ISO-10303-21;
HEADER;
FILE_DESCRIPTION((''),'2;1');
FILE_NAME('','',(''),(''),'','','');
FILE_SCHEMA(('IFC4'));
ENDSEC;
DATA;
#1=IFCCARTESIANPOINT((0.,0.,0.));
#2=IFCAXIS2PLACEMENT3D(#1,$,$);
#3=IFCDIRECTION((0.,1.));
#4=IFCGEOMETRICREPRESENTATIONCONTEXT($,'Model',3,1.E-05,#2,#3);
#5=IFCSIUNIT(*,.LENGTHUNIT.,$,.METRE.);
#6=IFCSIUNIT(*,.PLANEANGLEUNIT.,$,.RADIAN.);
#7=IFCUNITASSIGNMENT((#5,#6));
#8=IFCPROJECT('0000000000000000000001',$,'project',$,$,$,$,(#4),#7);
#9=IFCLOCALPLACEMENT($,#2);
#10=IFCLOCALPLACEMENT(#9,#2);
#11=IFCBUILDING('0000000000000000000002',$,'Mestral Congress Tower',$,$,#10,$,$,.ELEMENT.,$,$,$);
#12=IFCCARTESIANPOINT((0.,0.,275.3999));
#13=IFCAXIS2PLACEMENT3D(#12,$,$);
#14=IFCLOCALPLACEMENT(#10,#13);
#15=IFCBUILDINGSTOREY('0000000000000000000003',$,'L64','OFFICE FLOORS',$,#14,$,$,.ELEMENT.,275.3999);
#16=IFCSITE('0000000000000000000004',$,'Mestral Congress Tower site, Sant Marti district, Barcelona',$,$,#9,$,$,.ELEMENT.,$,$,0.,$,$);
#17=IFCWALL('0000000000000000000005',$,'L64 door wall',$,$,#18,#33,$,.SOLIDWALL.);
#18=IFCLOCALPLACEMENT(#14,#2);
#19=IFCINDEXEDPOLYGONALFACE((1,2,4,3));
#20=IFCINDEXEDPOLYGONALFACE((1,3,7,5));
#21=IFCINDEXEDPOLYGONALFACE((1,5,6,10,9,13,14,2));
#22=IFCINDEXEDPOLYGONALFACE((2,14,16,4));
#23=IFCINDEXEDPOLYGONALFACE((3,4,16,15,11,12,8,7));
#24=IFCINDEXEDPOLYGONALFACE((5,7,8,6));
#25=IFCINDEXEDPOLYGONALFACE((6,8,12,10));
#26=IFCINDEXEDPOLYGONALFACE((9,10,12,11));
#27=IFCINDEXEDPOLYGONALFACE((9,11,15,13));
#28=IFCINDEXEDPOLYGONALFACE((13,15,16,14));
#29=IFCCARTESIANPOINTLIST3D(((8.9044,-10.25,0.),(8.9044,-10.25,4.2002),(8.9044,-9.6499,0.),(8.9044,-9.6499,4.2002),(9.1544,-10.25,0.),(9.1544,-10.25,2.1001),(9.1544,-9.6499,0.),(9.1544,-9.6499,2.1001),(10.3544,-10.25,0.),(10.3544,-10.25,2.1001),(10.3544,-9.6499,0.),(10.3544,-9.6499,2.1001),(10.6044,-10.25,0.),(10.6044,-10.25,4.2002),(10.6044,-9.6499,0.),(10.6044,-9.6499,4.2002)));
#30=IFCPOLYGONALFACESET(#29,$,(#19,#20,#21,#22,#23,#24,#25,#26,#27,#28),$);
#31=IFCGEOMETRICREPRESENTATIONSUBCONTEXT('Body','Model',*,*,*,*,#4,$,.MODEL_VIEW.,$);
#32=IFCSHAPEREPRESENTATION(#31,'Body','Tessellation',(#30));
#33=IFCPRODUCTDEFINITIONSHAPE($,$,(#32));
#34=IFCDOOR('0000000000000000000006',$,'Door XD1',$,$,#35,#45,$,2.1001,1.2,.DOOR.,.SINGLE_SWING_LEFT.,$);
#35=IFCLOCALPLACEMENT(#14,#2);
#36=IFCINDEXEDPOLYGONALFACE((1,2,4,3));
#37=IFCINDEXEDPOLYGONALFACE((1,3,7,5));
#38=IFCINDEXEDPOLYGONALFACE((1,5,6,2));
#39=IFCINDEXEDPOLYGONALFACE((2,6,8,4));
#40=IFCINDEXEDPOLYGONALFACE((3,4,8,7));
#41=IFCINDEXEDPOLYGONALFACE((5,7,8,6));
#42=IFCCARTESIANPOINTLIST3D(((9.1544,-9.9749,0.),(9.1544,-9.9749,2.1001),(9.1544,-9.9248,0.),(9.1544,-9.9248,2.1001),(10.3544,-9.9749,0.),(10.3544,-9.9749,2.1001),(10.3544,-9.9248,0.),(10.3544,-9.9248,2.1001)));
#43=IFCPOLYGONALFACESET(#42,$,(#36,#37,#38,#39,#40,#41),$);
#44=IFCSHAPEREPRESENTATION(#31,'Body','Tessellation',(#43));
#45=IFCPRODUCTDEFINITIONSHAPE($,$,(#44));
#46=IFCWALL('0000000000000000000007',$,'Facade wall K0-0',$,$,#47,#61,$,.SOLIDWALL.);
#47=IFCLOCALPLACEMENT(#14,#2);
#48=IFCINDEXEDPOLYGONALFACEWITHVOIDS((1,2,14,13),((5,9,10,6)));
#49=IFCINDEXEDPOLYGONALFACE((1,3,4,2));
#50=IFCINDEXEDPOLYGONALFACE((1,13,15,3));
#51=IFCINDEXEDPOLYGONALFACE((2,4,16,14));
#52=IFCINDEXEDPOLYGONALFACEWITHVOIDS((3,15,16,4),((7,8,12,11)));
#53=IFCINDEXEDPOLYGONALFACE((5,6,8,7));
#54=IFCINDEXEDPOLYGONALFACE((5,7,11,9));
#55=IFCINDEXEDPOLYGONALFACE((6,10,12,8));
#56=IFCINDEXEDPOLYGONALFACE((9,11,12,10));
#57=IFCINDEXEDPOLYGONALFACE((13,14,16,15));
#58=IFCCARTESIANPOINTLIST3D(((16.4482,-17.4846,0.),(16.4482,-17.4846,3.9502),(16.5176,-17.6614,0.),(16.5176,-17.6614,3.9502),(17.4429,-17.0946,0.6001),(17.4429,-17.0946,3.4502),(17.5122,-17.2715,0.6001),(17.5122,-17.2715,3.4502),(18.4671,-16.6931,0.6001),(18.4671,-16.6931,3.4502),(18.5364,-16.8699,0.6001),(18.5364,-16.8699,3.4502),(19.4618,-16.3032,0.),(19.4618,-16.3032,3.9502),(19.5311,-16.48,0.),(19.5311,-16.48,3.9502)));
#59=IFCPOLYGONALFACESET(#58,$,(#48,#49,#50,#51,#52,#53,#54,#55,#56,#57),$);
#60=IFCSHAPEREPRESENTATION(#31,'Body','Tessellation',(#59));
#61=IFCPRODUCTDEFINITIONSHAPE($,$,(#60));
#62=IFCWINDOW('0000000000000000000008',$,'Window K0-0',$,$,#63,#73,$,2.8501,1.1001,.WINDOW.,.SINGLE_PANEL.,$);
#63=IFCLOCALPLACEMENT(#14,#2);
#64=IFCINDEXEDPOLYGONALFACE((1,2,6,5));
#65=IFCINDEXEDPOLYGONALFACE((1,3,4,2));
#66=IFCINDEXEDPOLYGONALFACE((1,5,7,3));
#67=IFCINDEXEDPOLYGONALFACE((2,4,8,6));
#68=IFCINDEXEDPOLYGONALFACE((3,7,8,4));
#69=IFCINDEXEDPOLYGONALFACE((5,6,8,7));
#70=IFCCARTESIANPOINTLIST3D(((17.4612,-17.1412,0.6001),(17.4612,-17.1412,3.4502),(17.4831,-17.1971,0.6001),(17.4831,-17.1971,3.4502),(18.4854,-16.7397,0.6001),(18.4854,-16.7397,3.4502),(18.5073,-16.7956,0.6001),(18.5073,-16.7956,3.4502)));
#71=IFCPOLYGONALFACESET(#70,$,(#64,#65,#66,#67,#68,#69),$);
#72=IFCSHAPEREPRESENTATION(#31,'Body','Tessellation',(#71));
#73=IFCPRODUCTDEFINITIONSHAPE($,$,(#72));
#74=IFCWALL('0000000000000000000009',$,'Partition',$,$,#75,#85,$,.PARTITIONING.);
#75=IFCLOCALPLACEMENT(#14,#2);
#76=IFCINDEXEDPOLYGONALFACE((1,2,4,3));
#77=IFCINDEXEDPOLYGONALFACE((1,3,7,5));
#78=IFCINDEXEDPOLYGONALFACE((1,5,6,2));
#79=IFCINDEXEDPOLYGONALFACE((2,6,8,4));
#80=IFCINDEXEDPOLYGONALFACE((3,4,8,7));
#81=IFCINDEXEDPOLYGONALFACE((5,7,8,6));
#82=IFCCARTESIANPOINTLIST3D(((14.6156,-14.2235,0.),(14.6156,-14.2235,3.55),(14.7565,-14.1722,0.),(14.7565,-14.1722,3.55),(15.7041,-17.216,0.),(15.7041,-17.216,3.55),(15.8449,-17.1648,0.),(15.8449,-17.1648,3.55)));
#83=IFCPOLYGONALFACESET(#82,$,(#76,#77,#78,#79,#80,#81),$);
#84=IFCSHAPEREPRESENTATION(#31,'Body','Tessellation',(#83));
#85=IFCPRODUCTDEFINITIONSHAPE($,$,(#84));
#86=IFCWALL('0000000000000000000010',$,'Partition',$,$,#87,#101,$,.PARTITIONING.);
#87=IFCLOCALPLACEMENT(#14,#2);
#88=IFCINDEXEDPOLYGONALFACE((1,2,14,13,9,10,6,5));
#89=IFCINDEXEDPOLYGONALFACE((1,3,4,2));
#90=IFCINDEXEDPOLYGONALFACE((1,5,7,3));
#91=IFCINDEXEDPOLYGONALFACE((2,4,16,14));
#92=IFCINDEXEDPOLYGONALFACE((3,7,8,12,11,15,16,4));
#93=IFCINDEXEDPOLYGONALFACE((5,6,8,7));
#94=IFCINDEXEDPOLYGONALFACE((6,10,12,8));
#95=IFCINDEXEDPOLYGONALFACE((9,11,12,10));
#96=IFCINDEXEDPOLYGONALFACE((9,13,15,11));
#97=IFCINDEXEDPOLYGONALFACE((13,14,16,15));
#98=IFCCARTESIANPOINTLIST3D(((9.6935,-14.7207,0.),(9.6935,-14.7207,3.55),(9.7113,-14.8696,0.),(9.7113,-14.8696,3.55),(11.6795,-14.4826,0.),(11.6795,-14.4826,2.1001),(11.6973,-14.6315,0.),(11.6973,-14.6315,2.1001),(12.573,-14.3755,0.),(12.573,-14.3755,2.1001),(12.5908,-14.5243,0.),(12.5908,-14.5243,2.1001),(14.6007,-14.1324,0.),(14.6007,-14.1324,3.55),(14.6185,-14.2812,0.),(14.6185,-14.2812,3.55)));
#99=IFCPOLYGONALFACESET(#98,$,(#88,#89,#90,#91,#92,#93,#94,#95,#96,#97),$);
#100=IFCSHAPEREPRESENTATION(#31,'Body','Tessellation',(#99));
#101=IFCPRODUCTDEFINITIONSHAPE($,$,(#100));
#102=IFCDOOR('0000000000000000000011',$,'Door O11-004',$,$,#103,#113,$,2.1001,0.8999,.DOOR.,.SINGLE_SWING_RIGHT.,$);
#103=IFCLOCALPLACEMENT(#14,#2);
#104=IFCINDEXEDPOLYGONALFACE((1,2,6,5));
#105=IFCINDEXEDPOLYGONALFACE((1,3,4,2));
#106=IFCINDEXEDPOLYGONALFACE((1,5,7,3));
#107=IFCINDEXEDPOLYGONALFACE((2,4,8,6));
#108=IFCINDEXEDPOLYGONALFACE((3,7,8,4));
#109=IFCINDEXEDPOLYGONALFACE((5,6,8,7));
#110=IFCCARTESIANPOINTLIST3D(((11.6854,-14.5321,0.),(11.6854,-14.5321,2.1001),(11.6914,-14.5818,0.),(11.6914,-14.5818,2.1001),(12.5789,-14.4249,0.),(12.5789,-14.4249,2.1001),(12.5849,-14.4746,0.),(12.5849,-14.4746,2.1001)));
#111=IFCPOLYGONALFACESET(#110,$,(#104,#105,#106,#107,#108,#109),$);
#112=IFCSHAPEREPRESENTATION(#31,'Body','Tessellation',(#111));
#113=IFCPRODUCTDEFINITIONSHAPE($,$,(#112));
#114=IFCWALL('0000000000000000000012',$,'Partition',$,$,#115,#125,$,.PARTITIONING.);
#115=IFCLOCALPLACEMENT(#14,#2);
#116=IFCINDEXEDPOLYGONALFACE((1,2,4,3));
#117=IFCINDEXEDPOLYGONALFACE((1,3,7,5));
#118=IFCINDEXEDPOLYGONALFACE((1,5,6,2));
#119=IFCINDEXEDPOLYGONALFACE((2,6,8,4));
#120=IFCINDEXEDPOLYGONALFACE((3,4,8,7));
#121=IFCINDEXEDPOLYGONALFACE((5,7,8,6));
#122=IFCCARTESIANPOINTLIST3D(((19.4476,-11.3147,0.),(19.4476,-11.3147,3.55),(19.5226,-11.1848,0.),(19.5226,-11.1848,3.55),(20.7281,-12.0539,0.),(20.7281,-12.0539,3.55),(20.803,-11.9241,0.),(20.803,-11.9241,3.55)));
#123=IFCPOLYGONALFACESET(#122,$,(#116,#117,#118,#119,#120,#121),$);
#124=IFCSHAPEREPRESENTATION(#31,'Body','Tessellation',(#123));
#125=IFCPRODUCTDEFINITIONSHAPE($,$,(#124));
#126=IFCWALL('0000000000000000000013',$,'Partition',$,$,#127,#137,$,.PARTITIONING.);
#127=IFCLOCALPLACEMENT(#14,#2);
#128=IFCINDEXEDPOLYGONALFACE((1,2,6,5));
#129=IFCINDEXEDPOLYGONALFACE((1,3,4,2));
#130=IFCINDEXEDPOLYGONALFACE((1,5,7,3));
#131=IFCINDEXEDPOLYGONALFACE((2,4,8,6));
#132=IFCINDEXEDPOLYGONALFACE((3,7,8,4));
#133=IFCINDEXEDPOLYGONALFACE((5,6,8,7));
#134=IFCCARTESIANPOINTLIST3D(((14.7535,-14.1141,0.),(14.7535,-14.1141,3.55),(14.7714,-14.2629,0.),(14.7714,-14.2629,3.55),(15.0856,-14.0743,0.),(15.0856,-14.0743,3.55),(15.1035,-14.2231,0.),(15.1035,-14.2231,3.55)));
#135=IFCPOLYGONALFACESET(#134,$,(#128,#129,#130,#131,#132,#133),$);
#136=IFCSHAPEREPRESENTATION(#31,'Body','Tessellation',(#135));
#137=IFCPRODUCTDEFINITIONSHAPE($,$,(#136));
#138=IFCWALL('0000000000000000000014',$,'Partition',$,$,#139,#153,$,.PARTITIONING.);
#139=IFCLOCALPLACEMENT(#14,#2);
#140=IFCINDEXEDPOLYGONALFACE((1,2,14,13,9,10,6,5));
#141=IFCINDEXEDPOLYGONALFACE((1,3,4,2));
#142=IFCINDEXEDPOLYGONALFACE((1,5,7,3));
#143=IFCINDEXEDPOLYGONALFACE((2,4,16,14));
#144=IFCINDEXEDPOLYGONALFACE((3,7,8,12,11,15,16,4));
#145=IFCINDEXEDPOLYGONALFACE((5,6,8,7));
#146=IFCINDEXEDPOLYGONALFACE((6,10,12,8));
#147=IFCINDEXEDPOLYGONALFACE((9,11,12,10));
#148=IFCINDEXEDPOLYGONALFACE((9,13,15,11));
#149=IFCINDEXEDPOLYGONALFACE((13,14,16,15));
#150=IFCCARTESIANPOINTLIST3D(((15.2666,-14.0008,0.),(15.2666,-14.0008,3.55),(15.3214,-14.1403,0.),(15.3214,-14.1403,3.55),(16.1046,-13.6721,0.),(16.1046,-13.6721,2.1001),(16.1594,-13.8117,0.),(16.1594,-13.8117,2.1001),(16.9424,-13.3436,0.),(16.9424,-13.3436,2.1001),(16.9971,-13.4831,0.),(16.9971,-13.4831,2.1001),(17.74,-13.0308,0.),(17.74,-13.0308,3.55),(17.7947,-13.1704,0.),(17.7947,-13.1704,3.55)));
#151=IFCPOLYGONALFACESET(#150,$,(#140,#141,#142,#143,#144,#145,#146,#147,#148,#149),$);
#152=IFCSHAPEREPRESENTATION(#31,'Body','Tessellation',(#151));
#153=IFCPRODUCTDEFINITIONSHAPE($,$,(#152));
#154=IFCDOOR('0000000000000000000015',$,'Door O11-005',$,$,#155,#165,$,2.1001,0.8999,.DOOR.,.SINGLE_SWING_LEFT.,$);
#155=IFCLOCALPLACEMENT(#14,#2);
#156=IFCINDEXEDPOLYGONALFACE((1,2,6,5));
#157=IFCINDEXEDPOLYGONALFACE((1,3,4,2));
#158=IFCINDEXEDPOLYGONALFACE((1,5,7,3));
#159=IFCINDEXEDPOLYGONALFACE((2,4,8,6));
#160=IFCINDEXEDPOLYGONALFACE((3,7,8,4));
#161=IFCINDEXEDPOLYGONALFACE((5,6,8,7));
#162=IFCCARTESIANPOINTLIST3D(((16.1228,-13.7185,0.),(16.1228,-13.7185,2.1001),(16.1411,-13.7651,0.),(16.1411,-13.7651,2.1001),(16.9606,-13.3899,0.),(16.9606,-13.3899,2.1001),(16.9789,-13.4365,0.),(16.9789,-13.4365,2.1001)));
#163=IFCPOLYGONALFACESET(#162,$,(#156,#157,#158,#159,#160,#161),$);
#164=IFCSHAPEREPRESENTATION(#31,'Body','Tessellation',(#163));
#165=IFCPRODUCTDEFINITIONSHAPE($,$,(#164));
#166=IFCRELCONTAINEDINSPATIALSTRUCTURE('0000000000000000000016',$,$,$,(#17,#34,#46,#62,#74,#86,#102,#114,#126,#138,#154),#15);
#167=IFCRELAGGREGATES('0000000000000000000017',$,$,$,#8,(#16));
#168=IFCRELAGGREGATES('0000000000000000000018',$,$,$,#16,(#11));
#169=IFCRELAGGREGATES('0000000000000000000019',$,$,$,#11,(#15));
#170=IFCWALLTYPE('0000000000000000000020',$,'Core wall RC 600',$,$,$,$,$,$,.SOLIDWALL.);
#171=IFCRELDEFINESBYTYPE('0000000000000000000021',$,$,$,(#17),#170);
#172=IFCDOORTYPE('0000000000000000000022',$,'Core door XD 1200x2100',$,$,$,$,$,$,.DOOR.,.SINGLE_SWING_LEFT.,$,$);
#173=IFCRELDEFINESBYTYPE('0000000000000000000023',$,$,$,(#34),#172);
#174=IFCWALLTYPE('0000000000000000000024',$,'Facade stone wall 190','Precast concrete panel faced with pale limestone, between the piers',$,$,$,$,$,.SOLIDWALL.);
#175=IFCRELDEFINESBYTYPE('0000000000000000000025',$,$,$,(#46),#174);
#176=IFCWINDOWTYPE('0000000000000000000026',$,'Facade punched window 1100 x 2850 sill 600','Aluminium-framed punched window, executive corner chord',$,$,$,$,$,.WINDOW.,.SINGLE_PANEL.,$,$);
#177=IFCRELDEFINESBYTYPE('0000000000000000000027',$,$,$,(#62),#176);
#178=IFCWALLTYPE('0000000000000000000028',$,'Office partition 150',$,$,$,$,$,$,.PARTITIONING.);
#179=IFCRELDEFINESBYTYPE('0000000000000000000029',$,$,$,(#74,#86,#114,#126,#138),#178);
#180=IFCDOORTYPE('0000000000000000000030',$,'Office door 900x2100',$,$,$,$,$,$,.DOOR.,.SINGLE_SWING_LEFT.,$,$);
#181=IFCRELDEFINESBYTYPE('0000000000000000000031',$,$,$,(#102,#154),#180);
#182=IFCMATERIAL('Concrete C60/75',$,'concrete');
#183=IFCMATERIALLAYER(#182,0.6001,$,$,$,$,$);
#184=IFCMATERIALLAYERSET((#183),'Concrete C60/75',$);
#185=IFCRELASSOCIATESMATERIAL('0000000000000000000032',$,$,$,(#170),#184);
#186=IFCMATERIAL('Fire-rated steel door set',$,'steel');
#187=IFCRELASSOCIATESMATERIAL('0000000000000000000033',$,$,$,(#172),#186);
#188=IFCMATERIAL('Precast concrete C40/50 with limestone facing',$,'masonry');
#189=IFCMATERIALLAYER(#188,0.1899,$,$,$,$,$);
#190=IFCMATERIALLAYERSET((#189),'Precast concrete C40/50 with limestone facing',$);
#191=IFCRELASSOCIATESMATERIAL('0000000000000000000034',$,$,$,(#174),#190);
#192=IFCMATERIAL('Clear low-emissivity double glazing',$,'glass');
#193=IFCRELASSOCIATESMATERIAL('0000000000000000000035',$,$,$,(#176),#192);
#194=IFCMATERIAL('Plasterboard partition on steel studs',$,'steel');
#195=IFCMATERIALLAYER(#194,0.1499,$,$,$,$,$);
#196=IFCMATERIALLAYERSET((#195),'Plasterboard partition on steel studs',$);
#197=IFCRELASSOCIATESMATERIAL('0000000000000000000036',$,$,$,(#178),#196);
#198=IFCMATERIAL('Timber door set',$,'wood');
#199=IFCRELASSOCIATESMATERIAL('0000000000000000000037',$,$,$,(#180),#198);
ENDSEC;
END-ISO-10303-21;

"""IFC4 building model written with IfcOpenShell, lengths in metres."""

from ifc_helpers import new_model, si_unit, direction, frame, frame_2d, origin, place, context, subcontext, project, spatial, rectangle, extrude, material, layer, layer_set, type_object, element, fill, save


model = new_model("IFC4")

# Units and contexts
model_context = context("Model", 3, precision=1e-05, world=origin(), true_north=direction((0.0, 1.0)))
body_context = subcontext(model_context, "Body", "Model", "MODEL_VIEW")
ifc_project = project(units=[si_unit("LENGTHUNIT", "METRE"), si_unit("PLANEANGLEUNIT", "RADIAN")], contexts=[model_context])

# Site, building, storey
site_placement = place(None, origin())
site = spatial("IfcSite", under=ifc_project, at=site_placement, Name="Mestral Congress Tower site, Sant Marti district, Barcelona", CompositionType="ELEMENT", RefElevation=0.0)
building_placement = place(site_placement, origin())
building = spatial("IfcBuilding", under=site, at=building_placement, Name="Mestral Congress Tower", CompositionType="ELEMENT")
storey_placement = place(building_placement, frame((0.0, 0.0, 275.3999)))
storey = spatial("IfcBuildingStorey", under=building, at=storey_placement, Name="L64", Description="OFFICE FLOORS", CompositionType="ELEMENT", Elevation=275.3999)

# Shared definitions
ifc_material_1 = material(Name="Concrete C60/75", Category="concrete")

# Shared definitions
ifc_layer_1 = layer(ifc_material_1, 0.6001)
ifc_layer_set_1 = layer_set([ifc_layer_1], Name="Concrete C60/75")
wall_type_1 = type_object("IfcWallType", Name="Core wall RC 600", PredefinedType="SOLIDWALL", material=ifc_layer_set_1)

# Wall, opening, door
wall_1_placement = place(storey_placement, frame((10.6045, -9.95, 0.0), z_axis=(0.0, 0.0, 1.0), x_axis=(-1.0, 0.0, 0.0)))
wall_1 = element("IfcWall", 1, at=wall_1_placement, inside=storey, type_object=wall_type_1, Name="L64 door wall", PredefinedType="SOLIDWALL", context=body_context, shape_type="SweptSolid", body=[
    extrude(rectangle(XDim=1.7, YDim=0.6001, at=frame_2d((0.8501, 0.0))), origin(), (0.0, 0.0, 1.0), 4.2002),
])
opening_1_placement = place(wall_1_placement, frame((0.25, 0.0, 0.0)))
opening_1 = element("IfcOpeningElement", 2, at=opening_1_placement, cuts=wall_1, PredefinedType="OPENING", context=body_context, shape_type="SweptSolid", body=[
    extrude(rectangle(XDim=1.2, YDim=2.1001, at=frame_2d((0.6001, 1.05))), frame((0.0, 0.3101, 0.0), z_axis=(0.0, -1.0, 0.0), x_axis=(1.0, 0.0, 0.0)), (0.0, 0.0, 1.0), 0.6201),
])
ifc_material_2 = material(Name="Fire-rated steel door set", Category="steel")
door_type_1 = type_object("IfcDoorType", Name="Core door XD 1200x2100", OperationType="SINGLE_SWING_LEFT", PredefinedType="DOOR", material=ifc_material_2)
door_1_placement = place(opening_1_placement, origin())
door_1 = element("IfcDoor", 3, at=door_1_placement, inside=storey, type_object=door_type_1, Name="Door XD1", OperationType="SINGLE_SWING_LEFT", OverallHeight=2.1001, OverallWidth=1.2, PredefinedType="DOOR", context=body_context, shape_type="SweptSolid", body=[
    extrude(rectangle(XDim=1.2, YDim=2.1001, at=frame_2d((0.6001, 1.05))), frame((0.0, 0.0249, 0.0), z_axis=(0.0, -1.0, 0.0), x_axis=(1.0, 0.0, 0.0)), (0.0, 0.0, 1.0), 0.05),
])
fill(opening_1, door_1)

# Wall, opening, window
ifc_material_3 = material(Name="Precast concrete C40/50 with limestone facing", Category="masonry")
ifc_layer_2 = layer(ifc_material_3, 0.1899)
ifc_layer_set_2 = layer_set([ifc_layer_2], Name="Precast concrete C40/50 with limestone facing")
wall_type_2 = type_object("IfcWallType", Name="Facade stone wall 190", Description="Precast concrete panel faced with pale limestone, between the piers", PredefinedType="SOLIDWALL", material=ifc_layer_set_2)
wall_2_placement = place(storey_placement, frame((16.4829, -17.573, 0.0), z_axis=(0.0, 0.0, 1.0), x_axis=(0.931009, 0.364997, 0.0)))
wall_2 = element("IfcWall", 4, at=wall_2_placement, inside=storey, type_object=wall_type_2, Name="Facade wall K0-0", PredefinedType="SOLIDWALL", context=body_context, shape_type="SweptSolid", body=[
    extrude(rectangle(XDim=3.2368, YDim=0.1899, at=frame_2d((1.6184, 0.0))), origin(), (0.0, 0.0, 1.0), 3.9502),
])
opening_2_placement = place(wall_2_placement, frame((1.0684, 0.0, 0.6001)))
opening_2 = element("IfcOpeningElement", 5, at=opening_2_placement, cuts=wall_2, PredefinedType="OPENING", context=body_context, shape_type="SweptSolid", body=[
    extrude(rectangle(XDim=1.1001, YDim=2.8501, at=frame_2d((0.55, 1.425))), frame((0.0, 0.105, 0.0), z_axis=(0.0, -1.0, 0.0), x_axis=(1.0, 0.0, 0.0)), (0.0, 0.0, 1.0), 0.21),
])
ifc_material_4 = material(Name="Clear low-emissivity double glazing", Category="glass")
window_type = type_object("IfcWindowType", Name="Facade punched window 1100 x 2850 sill 600", Description="Aluminium-framed punched window, executive corner chord", PartitioningType="SINGLE_PANEL", PredefinedType="WINDOW", material=ifc_material_4)
window_placement = place(opening_2_placement, origin())
window = element("IfcWindow", 6, at=window_placement, inside=storey, type_object=window_type, Name="Window K0-0", OverallHeight=2.8501, OverallWidth=1.1001, PartitioningType="SINGLE_PANEL", PredefinedType="WINDOW", context=body_context, shape_type="SweptSolid", body=[
    extrude(rectangle(XDim=1.1001, YDim=2.8501, at=frame_2d((0.55, 1.425))), frame((0.0, 0.0449, 0.0), z_axis=(0.0, -1.0, 0.0), x_axis=(1.0, 0.0, 0.0)), (0.0, 0.0, 1.0), 0.0601),
])
fill(opening_2, window)

# Wall
ifc_material_5 = material(Name="Plasterboard partition on steel studs", Category="steel")
ifc_layer_3 = layer(ifc_material_5, 0.1499)
ifc_layer_set_3 = layer_set([ifc_layer_3], Name="Plasterboard partition on steel studs")
wall_type_3 = type_object("IfcWallType", Name="Office partition 150", PredefinedType="PARTITIONING", material=ifc_layer_set_3)
wall_3_placement = place(storey_placement, frame((14.686, -14.1978, 0.0), z_axis=(0.0, 0.0, 1.0), x_axis=(0.341805, -0.939771, 0.0)))
element("IfcWall", 7, at=wall_3_placement, inside=storey, type_object=wall_type_3, Name="Partition", PredefinedType="PARTITIONING", context=body_context, shape_type="SweptSolid", body=[
    extrude(rectangle(XDim=3.1843, YDim=0.1499, at=frame_2d((1.5923, 0.0))), origin(), (0.0, 0.0, 1.0), 3.55),
])

# Wall, opening, door
wall_4_placement = place(storey_placement, frame((14.6096, -14.2068, 0.0), z_axis=(0.0, 0.0, 1.0), x_axis=(-0.992889, -0.119048, 0.0)))
wall_4 = element("IfcWall", 8, at=wall_4_placement, inside=storey, type_object=wall_type_3, Name="Partition", PredefinedType="PARTITIONING", context=body_context, shape_type="SweptSolid", body=[
    extrude(rectangle(XDim=4.9424, YDim=0.1499, at=frame_2d((2.4712, 0.0))), origin(), (0.0, 0.0, 1.0), 3.55),
])
opening_3_placement = place(wall_4_placement, frame((2.0422, 0.0, 0.0)))
opening_3 = element("IfcOpeningElement", 9, at=opening_3_placement, cuts=wall_4, PredefinedType="OPENING", context=body_context, shape_type="SweptSolid", body=[
    extrude(rectangle(XDim=0.8999, YDim=2.1001, at=frame_2d((0.45, 1.05))), frame((0.0, 0.085, 0.0), z_axis=(0.0, -1.0, 0.0), x_axis=(1.0, 0.0, 0.0)), (0.0, 0.0, 1.0), 0.1699),
])
ifc_material_6 = material(Name="Timber door set", Category="wood")
door_type_2 = type_object("IfcDoorType", Name="Office door 900x2100", OperationType="SINGLE_SWING_LEFT", PredefinedType="DOOR", material=ifc_material_6)
door_2_placement = place(opening_3_placement, origin())
door_2 = element("IfcDoor", 10, at=door_2_placement, inside=storey, type_object=door_type_2, Name="Door O11-004", OperationType="SINGLE_SWING_RIGHT", OverallHeight=2.1001, OverallWidth=0.8999, PredefinedType="DOOR", context=body_context, shape_type="SweptSolid", body=[
    extrude(rectangle(XDim=0.8999, YDim=2.1001, at=frame_2d((0.45, 1.05))), frame((0.0, 0.0249, 0.0), z_axis=(0.0, -1.0, 0.0), x_axis=(1.0, 0.0, 0.0)), (0.0, 0.0, 1.0), 0.05),
])
fill(opening_3, door_2)

# Walls
wall_5_placement = place(storey_placement, frame((19.4851, -11.2498, 0.0), z_axis=(0.0, 0.0, 1.0), x_axis=(0.86604, -0.499975, 0.0)))
element("IfcWall", 11, at=wall_5_placement, inside=storey, type_object=wall_type_3, Name="Partition", PredefinedType="PARTITIONING", context=body_context, shape_type="SweptSolid", body=[
    extrude(rectangle(XDim=1.4785, YDim=0.1499, at=frame_2d((0.7393, 0.0))), origin(), (0.0, 0.0, 1.0), 3.55),
])
wall_6_placement = place(storey_placement, frame((14.7625, -14.1885, 0.0), z_axis=(0.0, 0.0, 1.0), x_axis=(0.992894, 0.119001, 0.0)))
element("IfcWall", 12, at=wall_6_placement, inside=storey, type_object=wall_type_3, Name="Partition", PredefinedType="PARTITIONING", context=body_context, shape_type="SweptSolid", body=[
    extrude(rectangle(XDim=0.3345, YDim=0.1499, at=frame_2d((0.1672, 0.0))), origin(), (0.0, 0.0, 1.0), 3.55),
])

# Wall, opening, door
wall_7_placement = place(storey_placement, frame((17.7673, -13.1006, 0.0), z_axis=(0.0, 0.0, 1.0), x_axis=(-0.930971, -0.365092, 0.0)))
wall_7 = element("IfcWall", 13, at=wall_7_placement, inside=storey, type_object=wall_type_3, Name="Partition", PredefinedType="PARTITIONING", context=body_context, shape_type="SweptSolid", body=[
    extrude(rectangle(XDim=2.6567, YDim=0.1499, at=frame_2d((1.3284, 0.0))), origin(), (0.0, 0.0, 1.0), 3.55),
])
opening_4_placement = place(wall_7_placement, frame((0.8567, 0.0, 0.0)))
opening_4 = element("IfcOpeningElement", 14, at=opening_4_placement, cuts=wall_7, PredefinedType="OPENING", context=body_context, shape_type="SweptSolid", body=[
    extrude(rectangle(XDim=0.8999, YDim=2.1001, at=frame_2d((0.45, 1.05))), frame((0.0, 0.085, 0.0), z_axis=(0.0, -1.0, 0.0), x_axis=(1.0, 0.0, 0.0)), (0.0, 0.0, 1.0), 0.1699),
])
door_3_placement = place(opening_4_placement, origin())
door_3 = element("IfcDoor", 15, at=door_3_placement, inside=storey, type_object=door_type_2, Name="Door O11-005", OperationType="SINGLE_SWING_LEFT", OverallHeight=2.1001, OverallWidth=0.8999, PredefinedType="DOOR", context=body_context, shape_type="SweptSolid", body=[
    extrude(rectangle(XDim=0.8999, YDim=2.1001, at=frame_2d((0.45, 1.05))), frame((0.0, 0.0249, 0.0), z_axis=(0.0, -1.0, 0.0), x_axis=(1.0, 0.0, 0.0)), (0.0, 0.0, 1.0), 0.05),
])
fill(opening_4, door_3)

save(model, "model.ifc")
